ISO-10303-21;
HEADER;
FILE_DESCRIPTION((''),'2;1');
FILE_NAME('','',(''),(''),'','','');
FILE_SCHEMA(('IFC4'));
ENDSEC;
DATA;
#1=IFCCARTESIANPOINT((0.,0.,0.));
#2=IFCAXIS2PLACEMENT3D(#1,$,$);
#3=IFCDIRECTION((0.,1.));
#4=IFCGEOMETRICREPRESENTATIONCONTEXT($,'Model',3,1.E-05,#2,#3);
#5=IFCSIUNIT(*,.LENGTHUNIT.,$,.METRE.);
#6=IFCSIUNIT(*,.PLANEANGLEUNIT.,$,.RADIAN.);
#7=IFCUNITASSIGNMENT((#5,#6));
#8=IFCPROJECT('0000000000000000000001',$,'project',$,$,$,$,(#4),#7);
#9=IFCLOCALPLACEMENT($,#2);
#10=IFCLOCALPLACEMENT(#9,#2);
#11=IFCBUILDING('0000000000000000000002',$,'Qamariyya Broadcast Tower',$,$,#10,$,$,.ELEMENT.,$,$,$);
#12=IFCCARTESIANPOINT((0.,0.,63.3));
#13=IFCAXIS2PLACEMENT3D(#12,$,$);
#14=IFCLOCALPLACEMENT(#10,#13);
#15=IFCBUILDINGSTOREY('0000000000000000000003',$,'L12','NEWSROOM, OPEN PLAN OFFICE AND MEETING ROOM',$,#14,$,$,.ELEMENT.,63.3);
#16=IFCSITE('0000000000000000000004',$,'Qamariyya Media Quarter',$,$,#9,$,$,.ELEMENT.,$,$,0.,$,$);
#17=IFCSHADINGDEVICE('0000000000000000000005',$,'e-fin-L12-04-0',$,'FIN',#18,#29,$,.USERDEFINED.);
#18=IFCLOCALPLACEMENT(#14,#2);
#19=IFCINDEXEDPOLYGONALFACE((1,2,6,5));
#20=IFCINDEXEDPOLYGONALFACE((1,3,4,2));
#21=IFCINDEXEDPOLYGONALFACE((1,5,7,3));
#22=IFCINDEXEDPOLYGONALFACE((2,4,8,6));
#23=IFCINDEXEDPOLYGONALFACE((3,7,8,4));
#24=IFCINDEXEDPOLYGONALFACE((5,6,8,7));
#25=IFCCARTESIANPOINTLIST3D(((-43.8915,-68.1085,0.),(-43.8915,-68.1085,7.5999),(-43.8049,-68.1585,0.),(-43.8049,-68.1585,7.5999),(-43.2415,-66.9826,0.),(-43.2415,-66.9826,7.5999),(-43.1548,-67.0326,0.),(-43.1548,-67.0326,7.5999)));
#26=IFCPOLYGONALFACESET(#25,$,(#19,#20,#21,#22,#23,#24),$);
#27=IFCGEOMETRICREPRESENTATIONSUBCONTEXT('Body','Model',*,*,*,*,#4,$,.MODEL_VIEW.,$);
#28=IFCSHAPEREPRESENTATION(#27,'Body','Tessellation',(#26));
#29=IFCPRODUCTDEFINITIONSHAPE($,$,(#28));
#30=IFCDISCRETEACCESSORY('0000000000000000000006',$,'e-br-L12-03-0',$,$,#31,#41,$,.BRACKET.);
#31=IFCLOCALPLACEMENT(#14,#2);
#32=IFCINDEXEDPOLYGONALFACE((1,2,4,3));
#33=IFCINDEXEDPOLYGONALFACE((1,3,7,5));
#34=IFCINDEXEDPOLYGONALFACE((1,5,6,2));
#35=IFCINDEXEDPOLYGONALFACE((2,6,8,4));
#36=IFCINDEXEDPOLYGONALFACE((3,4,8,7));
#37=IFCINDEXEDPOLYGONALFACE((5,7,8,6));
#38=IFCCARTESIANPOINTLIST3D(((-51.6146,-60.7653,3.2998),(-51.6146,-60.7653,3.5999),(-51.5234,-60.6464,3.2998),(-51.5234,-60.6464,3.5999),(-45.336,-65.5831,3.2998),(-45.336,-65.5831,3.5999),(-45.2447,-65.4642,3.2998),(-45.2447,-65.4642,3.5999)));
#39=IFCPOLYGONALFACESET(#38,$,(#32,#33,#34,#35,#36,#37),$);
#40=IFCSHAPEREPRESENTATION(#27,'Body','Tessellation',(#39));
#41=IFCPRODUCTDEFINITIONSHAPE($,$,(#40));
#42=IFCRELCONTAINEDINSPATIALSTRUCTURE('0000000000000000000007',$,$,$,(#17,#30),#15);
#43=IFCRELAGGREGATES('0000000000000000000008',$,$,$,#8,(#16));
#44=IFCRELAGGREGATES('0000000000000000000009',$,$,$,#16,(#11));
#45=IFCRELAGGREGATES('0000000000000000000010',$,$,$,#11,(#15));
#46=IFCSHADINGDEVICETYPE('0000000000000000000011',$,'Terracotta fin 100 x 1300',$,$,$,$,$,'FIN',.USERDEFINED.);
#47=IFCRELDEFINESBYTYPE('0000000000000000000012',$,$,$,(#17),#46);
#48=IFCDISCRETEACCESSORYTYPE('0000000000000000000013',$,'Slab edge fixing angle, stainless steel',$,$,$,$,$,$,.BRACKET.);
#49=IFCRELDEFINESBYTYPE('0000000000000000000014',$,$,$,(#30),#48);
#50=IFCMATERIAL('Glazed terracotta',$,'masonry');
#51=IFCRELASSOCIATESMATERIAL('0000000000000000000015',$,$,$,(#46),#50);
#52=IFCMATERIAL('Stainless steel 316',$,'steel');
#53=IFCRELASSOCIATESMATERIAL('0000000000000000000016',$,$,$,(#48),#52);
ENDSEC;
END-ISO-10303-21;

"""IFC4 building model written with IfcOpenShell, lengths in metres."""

from ifc_helpers import new_model, si_unit, direction, frame, origin, origin_2d, place, context, subcontext, project, spatial, rectangle, extrude, material, material_profile, profile_set, type_object, element, save


model = new_model("IFC4")

# Units and contexts
model_context = context("Model", 3, precision=1e-05, world=origin(), true_north=direction((0.0, 1.0)))
body_context = subcontext(model_context, "Body", "Model", "MODEL_VIEW")
ifc_project = project(units=[si_unit("LENGTHUNIT", "METRE"), si_unit("PLANEANGLEUNIT", "RADIAN")], contexts=[model_context])

# Site, building, storey
site_placement = place(None, origin())
site = spatial("IfcSite", under=ifc_project, at=site_placement, Name="Qamariyya Media Quarter", CompositionType="ELEMENT", RefElevation=0.0)
building_placement = place(site_placement, origin())
building = spatial("IfcBuilding", under=site, at=building_placement, Name="Qamariyya Broadcast Tower", CompositionType="ELEMENT")
storey_placement = place(building_placement, frame((0.0, 0.0, 63.3)))
storey = spatial("IfcBuildingStorey", under=building, at=storey_placement, Name="L12", Description="NEWSROOM, OPEN PLAN OFFICE AND MEETING ROOM", CompositionType="ELEMENT", Elevation=63.3)

# Shading device
ifc_material_1 = material(Name="Glazed terracotta", Category="masonry")
ifc_material_profile_1 = material_profile(ifc_material_1, rectangle(XDim=1.3, YDim=0.1001, at=origin_2d()))
ifc_profile_set_1 = profile_set([ifc_material_profile_1], Name="Glazed terracotta")
shading_device_type_1 = type_object("IfcShadingDeviceType", Name="Terracotta fin 100 x 1300", ElementType="FIN", PredefinedType="USERDEFINED", material=ifc_profile_set_1)
for number, where, z_axis, x_axis, name in (
    (1, (-43.5232, -67.5706, 0.0), (0.0, 0.0, 1.0), (-0.5, -0.866025, 0.0), "e-fin-L12-04-0"),
):
    element("IfcShadingDevice", number, at=place(storey_placement, frame(where, z_axis=z_axis, x_axis=x_axis)), inside=storey, type_object=shading_device_type_1, Name=name, ObjectType="FIN", PredefinedType="USERDEFINED", context=body_context, shape_type="SweptSolid", body=[
        extrude(rectangle(XDim=1.3, YDim=0.1001, at=origin_2d()), origin(), (0.0, 0.0, 1.0), 7.5999),
    ])

# Discrete accessory
ifc_material_2 = material(Name="Stainless steel 316", Category="steel")
discrete_accessory_type = type_object("IfcDiscreteAccessoryType", Name="Slab edge fixing angle, stainless steel", PredefinedType="BRACKET", material=ifc_material_2)
discrete_accessory_placement = place(storey_placement, frame((-48.4297, -63.1147, 3.2998), z_axis=(0.0, 0.0, 1.0), x_axis=(0.793353, -0.608761, 0.0)))
element("IfcDiscreteAccessory", 2, at=discrete_accessory_placement, inside=storey, type_object=discrete_accessory_type, Name="e-br-L12-03-0", PredefinedType="BRACKET", context=body_context, shape_type="SweptSolid", body=[
    extrude(rectangle(XDim=7.9141, YDim=0.1499, at=origin_2d()), origin(), (0.0, 0.0, 1.0), 0.3),
])

save(model, "model.ifc")
